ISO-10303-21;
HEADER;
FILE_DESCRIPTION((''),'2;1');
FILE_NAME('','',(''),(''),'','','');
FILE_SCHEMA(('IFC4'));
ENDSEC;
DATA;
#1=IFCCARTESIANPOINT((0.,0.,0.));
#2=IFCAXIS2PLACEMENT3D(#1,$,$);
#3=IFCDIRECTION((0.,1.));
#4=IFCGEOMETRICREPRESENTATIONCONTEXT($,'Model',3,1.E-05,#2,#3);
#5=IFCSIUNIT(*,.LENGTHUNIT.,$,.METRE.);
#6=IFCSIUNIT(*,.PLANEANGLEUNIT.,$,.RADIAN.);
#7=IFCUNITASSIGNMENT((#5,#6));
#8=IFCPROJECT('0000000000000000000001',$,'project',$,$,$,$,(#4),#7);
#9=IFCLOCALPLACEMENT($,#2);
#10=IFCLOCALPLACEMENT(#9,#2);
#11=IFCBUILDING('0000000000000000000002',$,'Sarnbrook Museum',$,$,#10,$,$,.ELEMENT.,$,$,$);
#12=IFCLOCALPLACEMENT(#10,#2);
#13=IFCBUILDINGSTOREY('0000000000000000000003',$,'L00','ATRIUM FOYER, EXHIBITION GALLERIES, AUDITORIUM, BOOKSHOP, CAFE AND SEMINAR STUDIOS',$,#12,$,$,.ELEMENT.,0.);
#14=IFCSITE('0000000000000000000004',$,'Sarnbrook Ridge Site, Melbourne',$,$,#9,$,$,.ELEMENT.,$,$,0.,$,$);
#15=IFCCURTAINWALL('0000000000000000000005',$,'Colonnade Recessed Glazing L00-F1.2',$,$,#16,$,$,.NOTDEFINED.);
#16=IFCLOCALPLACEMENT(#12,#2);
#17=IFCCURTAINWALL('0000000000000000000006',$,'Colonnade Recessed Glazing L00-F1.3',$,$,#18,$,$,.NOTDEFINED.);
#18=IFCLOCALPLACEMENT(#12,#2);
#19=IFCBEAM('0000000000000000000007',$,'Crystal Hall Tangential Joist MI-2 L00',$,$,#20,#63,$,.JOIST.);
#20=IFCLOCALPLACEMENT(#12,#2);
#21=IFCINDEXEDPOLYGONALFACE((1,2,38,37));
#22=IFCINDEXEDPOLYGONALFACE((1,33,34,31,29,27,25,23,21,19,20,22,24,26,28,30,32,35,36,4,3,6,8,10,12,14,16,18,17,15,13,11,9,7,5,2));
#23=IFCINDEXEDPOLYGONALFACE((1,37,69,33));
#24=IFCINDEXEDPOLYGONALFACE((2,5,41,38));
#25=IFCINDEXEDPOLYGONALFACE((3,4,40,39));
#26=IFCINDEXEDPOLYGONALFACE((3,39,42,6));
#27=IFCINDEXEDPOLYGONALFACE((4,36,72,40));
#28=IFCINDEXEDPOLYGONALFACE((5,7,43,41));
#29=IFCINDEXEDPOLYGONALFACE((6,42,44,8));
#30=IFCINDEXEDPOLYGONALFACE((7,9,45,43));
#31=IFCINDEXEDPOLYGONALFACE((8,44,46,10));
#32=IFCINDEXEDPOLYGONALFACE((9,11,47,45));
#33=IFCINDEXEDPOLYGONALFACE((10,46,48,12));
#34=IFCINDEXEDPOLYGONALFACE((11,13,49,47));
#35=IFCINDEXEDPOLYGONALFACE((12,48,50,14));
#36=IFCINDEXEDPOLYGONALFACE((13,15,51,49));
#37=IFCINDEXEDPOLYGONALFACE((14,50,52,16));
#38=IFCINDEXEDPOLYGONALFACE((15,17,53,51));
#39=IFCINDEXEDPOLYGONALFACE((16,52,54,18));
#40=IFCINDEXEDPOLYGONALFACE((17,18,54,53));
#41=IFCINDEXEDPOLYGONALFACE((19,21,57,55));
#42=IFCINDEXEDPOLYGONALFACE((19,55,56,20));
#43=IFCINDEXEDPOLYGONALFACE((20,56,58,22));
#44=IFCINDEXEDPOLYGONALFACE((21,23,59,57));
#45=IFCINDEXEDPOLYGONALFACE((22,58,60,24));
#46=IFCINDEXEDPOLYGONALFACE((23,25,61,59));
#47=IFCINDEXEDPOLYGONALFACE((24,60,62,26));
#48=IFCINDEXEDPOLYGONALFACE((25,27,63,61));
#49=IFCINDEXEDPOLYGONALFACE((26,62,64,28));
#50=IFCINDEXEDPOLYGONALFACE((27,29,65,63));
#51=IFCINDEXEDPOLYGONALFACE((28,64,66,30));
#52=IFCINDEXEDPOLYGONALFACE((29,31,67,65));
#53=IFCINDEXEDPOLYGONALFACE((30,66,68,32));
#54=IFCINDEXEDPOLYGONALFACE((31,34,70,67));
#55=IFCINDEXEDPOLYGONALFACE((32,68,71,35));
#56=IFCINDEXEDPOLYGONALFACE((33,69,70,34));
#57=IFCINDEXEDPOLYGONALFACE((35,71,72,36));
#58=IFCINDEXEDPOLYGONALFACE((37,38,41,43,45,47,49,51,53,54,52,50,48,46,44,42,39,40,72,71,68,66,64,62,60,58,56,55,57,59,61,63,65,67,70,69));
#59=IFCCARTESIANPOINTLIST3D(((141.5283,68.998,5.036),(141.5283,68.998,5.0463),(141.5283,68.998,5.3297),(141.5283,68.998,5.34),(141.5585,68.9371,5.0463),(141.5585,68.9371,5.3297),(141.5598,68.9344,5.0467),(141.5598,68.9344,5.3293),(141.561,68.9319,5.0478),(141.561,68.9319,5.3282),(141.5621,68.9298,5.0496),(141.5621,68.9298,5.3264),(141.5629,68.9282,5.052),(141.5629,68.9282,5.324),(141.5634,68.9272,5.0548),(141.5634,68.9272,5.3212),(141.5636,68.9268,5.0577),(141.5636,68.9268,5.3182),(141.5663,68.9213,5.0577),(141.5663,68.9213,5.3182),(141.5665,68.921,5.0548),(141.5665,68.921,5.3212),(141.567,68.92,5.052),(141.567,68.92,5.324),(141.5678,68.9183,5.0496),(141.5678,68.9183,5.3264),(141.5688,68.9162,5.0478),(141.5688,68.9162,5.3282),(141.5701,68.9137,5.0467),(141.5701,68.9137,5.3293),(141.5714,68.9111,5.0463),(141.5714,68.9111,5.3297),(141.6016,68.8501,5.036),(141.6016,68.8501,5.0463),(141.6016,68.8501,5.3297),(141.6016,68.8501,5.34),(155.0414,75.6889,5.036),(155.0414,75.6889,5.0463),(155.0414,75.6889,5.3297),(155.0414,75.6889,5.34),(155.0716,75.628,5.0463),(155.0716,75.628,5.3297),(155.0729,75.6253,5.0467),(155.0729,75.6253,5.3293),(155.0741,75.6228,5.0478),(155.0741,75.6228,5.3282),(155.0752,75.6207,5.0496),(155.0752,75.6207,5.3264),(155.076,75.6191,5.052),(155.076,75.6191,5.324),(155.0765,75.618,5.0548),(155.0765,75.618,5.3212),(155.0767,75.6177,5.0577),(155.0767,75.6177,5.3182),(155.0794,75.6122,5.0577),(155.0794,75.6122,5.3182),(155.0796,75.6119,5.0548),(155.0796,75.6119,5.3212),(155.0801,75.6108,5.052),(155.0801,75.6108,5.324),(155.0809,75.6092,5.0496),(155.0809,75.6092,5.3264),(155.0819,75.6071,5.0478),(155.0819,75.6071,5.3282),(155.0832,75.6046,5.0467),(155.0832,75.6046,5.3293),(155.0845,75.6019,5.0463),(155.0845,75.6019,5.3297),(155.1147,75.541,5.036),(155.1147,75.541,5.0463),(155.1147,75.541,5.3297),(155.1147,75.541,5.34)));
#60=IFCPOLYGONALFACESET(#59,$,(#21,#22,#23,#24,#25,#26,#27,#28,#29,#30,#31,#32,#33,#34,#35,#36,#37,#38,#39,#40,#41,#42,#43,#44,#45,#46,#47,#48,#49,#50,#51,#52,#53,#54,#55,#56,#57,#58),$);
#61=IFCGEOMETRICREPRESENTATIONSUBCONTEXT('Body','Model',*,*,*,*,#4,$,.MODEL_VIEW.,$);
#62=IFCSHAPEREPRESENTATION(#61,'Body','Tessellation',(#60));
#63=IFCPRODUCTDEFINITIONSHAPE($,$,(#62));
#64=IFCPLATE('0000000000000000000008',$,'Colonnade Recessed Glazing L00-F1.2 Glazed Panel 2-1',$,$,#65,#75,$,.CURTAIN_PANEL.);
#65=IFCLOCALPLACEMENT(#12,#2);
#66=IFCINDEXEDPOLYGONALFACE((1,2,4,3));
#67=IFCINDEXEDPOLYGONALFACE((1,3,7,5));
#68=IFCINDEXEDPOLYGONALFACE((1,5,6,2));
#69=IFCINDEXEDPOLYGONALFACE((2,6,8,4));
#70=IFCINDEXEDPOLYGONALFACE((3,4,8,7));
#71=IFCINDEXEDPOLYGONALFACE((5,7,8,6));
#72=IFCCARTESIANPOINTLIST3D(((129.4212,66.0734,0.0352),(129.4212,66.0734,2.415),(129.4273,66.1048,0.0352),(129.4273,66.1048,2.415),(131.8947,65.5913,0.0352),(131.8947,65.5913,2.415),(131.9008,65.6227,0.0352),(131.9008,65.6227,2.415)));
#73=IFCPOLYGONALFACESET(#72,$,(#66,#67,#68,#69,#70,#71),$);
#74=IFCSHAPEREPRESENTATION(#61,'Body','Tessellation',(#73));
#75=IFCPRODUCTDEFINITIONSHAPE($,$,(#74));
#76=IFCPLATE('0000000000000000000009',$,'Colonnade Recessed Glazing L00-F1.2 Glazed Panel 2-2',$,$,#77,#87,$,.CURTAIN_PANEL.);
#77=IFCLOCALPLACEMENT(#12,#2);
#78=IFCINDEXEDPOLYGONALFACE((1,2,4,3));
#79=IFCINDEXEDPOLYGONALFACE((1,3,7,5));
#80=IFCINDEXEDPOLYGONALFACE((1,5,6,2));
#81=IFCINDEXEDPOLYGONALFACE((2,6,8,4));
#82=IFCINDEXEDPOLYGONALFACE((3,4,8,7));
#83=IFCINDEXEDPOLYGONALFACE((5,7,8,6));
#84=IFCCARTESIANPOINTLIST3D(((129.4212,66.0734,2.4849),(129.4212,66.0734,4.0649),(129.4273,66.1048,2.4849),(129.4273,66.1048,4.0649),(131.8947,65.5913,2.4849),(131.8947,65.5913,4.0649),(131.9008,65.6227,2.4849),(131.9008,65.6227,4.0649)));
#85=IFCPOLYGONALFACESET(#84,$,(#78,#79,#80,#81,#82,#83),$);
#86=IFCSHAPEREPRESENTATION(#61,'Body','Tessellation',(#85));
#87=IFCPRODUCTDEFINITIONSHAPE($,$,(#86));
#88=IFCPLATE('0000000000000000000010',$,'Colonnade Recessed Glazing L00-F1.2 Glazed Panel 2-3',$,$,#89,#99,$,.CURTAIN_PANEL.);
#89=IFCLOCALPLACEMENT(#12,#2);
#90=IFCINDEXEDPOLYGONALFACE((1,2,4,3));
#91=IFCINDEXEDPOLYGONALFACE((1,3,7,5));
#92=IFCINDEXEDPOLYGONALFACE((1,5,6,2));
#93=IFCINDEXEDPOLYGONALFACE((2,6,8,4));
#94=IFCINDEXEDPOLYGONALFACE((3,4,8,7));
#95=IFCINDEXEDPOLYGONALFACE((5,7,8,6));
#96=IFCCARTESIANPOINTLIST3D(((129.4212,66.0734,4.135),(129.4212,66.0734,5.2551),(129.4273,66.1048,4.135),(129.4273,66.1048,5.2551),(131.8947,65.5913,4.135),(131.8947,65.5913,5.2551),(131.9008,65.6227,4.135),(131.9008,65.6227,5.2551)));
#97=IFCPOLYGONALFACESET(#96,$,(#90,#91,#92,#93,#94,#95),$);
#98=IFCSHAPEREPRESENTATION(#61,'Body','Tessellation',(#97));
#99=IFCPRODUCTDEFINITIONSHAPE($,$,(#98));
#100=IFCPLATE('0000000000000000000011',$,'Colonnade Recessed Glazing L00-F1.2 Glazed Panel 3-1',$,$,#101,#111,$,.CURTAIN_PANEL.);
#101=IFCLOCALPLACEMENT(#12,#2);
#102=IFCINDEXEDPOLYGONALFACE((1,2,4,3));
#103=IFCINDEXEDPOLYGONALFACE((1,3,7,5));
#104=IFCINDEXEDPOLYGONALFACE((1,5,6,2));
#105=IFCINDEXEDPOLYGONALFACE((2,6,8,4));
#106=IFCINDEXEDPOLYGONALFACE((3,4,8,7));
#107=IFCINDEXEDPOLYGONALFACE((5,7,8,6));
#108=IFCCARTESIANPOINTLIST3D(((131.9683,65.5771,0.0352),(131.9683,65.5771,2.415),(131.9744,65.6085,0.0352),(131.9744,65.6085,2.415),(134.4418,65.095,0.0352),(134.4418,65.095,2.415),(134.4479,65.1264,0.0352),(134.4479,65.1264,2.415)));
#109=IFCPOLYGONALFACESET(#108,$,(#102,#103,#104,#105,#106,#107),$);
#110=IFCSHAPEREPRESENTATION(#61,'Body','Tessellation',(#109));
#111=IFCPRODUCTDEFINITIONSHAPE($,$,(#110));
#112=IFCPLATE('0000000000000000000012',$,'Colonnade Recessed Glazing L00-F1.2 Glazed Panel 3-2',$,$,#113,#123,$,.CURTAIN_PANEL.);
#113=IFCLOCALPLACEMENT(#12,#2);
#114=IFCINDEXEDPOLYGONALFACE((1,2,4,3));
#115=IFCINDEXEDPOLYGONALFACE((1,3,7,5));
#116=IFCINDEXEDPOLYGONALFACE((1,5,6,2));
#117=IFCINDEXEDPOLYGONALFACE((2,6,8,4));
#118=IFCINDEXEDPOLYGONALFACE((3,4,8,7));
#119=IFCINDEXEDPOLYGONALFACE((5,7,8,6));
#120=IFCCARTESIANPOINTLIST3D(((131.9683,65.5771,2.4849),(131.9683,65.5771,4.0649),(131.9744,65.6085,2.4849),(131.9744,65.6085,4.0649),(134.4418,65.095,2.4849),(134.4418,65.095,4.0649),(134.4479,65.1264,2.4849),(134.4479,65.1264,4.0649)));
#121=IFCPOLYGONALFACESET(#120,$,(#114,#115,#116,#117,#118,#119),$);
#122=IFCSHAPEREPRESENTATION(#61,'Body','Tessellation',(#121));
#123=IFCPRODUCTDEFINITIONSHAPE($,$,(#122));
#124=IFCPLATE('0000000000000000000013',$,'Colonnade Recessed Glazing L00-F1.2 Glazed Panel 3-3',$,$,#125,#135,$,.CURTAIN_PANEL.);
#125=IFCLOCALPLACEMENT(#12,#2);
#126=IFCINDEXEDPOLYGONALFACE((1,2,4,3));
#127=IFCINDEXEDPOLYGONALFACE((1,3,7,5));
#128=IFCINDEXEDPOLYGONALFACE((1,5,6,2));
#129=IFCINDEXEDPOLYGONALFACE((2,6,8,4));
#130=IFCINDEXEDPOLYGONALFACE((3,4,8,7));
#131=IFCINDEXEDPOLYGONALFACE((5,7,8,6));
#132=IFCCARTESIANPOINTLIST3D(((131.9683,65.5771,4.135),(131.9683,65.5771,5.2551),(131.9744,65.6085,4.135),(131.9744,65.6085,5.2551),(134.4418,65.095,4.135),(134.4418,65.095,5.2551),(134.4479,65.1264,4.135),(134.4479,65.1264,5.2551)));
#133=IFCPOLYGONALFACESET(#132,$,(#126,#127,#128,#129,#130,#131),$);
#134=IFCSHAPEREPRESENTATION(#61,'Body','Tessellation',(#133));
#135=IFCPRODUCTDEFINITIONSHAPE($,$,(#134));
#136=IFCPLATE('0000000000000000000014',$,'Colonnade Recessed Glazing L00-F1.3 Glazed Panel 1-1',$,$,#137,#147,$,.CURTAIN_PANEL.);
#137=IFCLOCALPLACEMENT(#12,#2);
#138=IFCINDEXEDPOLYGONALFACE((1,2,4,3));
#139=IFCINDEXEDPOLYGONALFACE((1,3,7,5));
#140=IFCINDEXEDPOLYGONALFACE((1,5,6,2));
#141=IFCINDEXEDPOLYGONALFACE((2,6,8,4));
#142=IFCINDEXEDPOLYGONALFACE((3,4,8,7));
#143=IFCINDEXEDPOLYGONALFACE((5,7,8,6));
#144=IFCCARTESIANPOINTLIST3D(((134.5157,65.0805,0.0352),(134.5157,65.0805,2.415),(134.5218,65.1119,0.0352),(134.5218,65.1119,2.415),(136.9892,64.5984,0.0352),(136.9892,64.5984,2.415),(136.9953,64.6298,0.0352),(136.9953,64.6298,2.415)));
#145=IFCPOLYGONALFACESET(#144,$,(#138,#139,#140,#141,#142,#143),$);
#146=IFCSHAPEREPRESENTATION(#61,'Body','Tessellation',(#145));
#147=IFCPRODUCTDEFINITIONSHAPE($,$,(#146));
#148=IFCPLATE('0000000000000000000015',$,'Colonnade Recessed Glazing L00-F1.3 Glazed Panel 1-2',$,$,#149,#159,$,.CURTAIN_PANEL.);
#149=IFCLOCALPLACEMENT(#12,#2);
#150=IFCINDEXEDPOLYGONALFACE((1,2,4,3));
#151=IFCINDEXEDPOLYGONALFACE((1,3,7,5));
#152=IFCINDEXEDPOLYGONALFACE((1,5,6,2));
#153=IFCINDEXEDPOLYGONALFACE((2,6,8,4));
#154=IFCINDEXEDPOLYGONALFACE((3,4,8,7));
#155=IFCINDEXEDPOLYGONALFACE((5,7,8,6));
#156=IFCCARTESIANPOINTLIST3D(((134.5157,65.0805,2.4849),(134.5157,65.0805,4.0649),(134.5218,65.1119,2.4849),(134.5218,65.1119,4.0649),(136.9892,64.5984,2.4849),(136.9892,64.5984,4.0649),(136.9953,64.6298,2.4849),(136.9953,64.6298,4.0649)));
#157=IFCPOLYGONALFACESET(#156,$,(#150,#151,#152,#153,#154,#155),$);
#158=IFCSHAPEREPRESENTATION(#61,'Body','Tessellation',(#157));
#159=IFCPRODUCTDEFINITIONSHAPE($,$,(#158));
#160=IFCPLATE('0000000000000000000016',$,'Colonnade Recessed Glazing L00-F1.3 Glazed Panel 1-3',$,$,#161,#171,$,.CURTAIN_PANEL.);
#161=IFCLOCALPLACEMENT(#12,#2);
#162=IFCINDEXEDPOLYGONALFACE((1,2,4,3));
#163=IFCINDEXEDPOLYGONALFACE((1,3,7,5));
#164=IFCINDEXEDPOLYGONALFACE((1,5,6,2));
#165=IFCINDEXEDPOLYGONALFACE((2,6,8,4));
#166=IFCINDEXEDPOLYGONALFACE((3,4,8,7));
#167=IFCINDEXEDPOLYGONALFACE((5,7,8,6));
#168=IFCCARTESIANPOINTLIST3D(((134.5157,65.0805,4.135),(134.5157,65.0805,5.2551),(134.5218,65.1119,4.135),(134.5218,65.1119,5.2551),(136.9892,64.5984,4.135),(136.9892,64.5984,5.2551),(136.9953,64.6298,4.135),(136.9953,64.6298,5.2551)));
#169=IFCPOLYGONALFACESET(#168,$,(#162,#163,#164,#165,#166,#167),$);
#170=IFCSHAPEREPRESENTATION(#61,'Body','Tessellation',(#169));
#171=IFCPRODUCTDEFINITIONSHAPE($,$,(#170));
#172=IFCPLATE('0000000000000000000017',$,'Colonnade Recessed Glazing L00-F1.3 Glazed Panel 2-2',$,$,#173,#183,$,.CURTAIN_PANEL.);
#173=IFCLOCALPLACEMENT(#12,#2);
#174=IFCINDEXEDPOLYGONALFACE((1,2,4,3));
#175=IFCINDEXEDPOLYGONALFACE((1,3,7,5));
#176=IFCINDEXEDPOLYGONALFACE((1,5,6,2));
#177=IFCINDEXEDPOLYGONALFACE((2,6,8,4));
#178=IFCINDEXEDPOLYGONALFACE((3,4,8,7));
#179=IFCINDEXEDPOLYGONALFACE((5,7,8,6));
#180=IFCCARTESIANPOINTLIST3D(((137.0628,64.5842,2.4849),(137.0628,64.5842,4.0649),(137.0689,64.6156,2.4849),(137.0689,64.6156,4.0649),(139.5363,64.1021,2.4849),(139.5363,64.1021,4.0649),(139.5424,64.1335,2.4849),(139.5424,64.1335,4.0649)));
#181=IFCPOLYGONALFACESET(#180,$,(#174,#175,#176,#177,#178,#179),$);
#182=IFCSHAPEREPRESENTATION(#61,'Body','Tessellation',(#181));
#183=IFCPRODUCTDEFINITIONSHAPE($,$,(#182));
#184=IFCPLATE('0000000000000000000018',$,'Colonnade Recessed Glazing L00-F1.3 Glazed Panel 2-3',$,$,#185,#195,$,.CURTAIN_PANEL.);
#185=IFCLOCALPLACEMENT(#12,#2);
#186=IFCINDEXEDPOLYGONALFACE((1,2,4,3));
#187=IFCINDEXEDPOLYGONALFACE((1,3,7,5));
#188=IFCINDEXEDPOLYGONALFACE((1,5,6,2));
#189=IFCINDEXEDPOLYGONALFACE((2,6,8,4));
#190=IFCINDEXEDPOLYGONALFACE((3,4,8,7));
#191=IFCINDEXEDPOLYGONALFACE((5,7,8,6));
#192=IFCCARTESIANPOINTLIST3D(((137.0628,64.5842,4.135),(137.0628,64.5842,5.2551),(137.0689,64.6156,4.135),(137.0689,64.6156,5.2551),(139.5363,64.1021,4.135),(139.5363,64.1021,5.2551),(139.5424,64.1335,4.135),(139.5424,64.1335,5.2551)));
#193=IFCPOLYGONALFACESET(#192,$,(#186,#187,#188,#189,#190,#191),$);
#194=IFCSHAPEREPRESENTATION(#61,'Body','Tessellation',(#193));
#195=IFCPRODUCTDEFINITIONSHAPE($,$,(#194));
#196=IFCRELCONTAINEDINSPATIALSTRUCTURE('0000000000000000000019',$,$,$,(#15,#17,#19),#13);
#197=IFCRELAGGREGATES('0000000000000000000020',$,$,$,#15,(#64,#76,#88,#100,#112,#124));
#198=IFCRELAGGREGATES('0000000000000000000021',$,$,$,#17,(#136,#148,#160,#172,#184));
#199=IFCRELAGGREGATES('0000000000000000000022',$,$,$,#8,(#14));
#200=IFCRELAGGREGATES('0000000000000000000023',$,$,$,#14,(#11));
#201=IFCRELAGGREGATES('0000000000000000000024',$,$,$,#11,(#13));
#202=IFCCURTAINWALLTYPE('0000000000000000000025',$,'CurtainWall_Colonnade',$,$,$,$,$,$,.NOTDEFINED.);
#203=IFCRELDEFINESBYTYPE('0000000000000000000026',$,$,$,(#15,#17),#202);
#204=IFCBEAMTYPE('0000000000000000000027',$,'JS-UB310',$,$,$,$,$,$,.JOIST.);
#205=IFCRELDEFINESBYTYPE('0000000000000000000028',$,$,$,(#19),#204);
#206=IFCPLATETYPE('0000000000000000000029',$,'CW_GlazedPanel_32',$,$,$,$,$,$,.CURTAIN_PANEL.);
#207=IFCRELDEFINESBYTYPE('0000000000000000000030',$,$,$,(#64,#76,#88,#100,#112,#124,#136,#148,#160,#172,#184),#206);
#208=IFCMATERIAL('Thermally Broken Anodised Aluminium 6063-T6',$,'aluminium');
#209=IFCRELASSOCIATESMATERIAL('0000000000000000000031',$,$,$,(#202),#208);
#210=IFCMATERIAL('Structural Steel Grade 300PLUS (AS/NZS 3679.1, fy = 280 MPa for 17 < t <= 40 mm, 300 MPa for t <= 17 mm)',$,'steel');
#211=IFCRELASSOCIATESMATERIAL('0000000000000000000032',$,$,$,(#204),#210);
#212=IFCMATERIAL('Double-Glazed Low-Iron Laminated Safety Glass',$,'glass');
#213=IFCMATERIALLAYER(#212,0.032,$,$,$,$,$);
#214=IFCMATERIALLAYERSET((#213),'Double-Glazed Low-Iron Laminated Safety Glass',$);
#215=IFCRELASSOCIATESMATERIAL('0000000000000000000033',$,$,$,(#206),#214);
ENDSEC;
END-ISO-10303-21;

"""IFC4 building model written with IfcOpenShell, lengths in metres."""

from ifc_helpers import new_model, si_unit, direction, frame, origin, origin_2d, place, context, subcontext, project, spatial, rectangle, i_section, extrude, material, layer, layer_set, material_profile, profile_set, type_object, element, aggregate, save


model = new_model("IFC4")

# Units and contexts
model_context = context("Model", 3, precision=1e-05, world=origin(), true_north=direction((0.0, 1.0)))
body_context = subcontext(model_context, "Body", "Model", "MODEL_VIEW")
ifc_project = project(units=[si_unit("LENGTHUNIT", "METRE"), si_unit("PLANEANGLEUNIT", "RADIAN")], contexts=[model_context])

# Site, building, storey
site_placement = place(None, origin())
site = spatial("IfcSite", under=ifc_project, at=site_placement, Name="Sarnbrook Ridge Site, Melbourne", CompositionType="ELEMENT", RefElevation=0.0)
building_placement = place(site_placement, origin())
building = spatial("IfcBuilding", under=site, at=building_placement, Name="Sarnbrook Museum", CompositionType="ELEMENT")
storey_placement = place(building_placement, origin())
storey = spatial("IfcBuildingStorey", under=building, at=storey_placement, Name="L00", Description="ATRIUM FOYER, EXHIBITION GALLERIES, AUDITORIUM, BOOKSHOP, CAFE AND SEMINAR STUDIOS", CompositionType="ELEMENT", Elevation=0.0)

# Curtain walls
ifc_material_1 = material(Name="Thermally Broken Anodised Aluminium 6063-T6", Category="aluminium")
curtain_wall_type = type_object("IfcCurtainWallType", Name="CurtainWall_Colonnade", PredefinedType="NOTDEFINED", material=ifc_material_1)
curtain_wall_1_placement = place(storey_placement, origin())
curtain_wall_1 = element("IfcCurtainWall", 1, at=curtain_wall_1_placement, inside=storey, type_object=curtain_wall_type, Name="Colonnade Recessed Glazing L00-F1.2", PredefinedType="NOTDEFINED")
curtain_wall_2_placement = place(storey_placement, origin())
curtain_wall_2 = element("IfcCurtainWall", 2, at=curtain_wall_2_placement, inside=storey, type_object=curtain_wall_type, Name="Colonnade Recessed Glazing L00-F1.3", PredefinedType="NOTDEFINED")

# Beam
ifc_material_2 = material(Name="Structural Steel Grade 300PLUS (AS/NZS 3679.1, fy = 280 MPa for 17 < t <= 40 mm, 300 MPa for t <= 17 mm)", Category="steel")
ifc_material_profile_1 = material_profile(ifc_material_2, i_section(OverallWidth=0.165, OverallDepth=0.304, WebThickness=0.0061, FlangeThickness=0.0103, FilletRadius=0.0115, at=origin_2d()), Name="310UB40.4")
ifc_profile_set_1 = profile_set([ifc_material_profile_1], Name="Structural Steel Grade 300PLUS (AS/NZS 3679.1, fy = 280 MPa for 17 < t <= 40 mm, 300 MPa for t <= 17 mm)")
beam_type_1 = type_object("IfcBeamType", Name="JS-UB310", PredefinedType="JOIST", material=ifc_profile_set_1)
beam_1_placement = place(storey_placement, frame((141.5649, 68.9241, 5.188), z_axis=(0.896163, 0.443726, 0.0), x_axis=(-0.443726, 0.896163, 0.0)))
element("IfcBeam", 3, at=beam_1_placement, inside=storey, type_object=beam_type_1, Name="Crystal Hall Tangential Joist MI-2 L00", PredefinedType="JOIST", context=body_context, shape_type="SweptSolid", body=[
    extrude(i_section(OverallWidth=0.165, OverallDepth=0.304, WebThickness=0.0061, FlangeThickness=0.0103, FilletRadius=0.0115, at=origin_2d()), origin(), (0.0, 0.0, 1.0), 15.0789),
])

# Plates
ifc_material_3 = material(Name="Double-Glazed Low-Iron Laminated Safety Glass", Category="glass")
ifc_layer_1 = layer(ifc_material_3, 0.032)
ifc_layer_set_1 = layer_set([ifc_layer_1], Name="Double-Glazed Low-Iron Laminated Safety Glass")
plate_type = type_object("IfcPlateType", Name="CW_GlazedPanel_32", PredefinedType="CURTAIN_PANEL", material=ifc_layer_set_1)
plate_1_placement = place(storey_placement, frame((130.6641, 65.8638, 1.2251), z_axis=(-0.191314, -0.981529, 0.0), x_axis=(0.981529, -0.191314, 0.0)))
plate_1 = element("IfcPlate", 4, at=plate_1_placement, type_object=plate_type, Name="Colonnade Recessed Glazing L00-F1.2 Glazed Panel 2-1", PredefinedType="CURTAIN_PANEL", context=body_context, shape_type="SweptSolid", body=[
    extrude(rectangle(XDim=2.52, YDim=2.3799, at=origin_2d()), origin(), (0.0, 0.0, 1.0), 0.032),
])
plate_2_placement = place(storey_placement, frame((130.6641, 65.8638, 3.2749), z_axis=(-0.191314, -0.981529, 0.0), x_axis=(0.981529, -0.191314, 0.0)))
plate_2 = element("IfcPlate", 5, at=plate_2_placement, type_object=plate_type, Name="Colonnade Recessed Glazing L00-F1.2 Glazed Panel 2-2", PredefinedType="CURTAIN_PANEL", context=body_context, shape_type="SweptSolid", body=[
    extrude(rectangle(XDim=2.52, YDim=1.5801, at=origin_2d()), origin(), (0.0, 0.0, 1.0), 0.032),
])
plate_3_placement = place(storey_placement, frame((130.6641, 65.8638, 4.6951), z_axis=(-0.191314, -0.981529, 0.0), x_axis=(0.981529, -0.191314, 0.0)))
plate_3 = element("IfcPlate", 6, at=plate_3_placement, type_object=plate_type, Name="Colonnade Recessed Glazing L00-F1.2 Glazed Panel 2-3", PredefinedType="CURTAIN_PANEL", context=body_context, shape_type="SweptSolid", body=[
    extrude(rectangle(XDim=2.52, YDim=1.1201, at=origin_2d()), origin(), (0.0, 0.0, 1.0), 0.032),
])
plate_4_placement = place(storey_placement, frame((133.2112, 65.3674, 1.2251), z_axis=(-0.191314, -0.981529, 0.0), x_axis=(0.981529, -0.191314, 0.0)))
plate_4 = element("IfcPlate", 7, at=plate_4_placement, type_object=plate_type, Name="Colonnade Recessed Glazing L00-F1.2 Glazed Panel 3-1", PredefinedType="CURTAIN_PANEL", context=body_context, shape_type="SweptSolid", body=[
    extrude(rectangle(XDim=2.52, YDim=2.3799, at=origin_2d()), origin(), (0.0, 0.0, 1.0), 0.032),
])
plate_5_placement = place(storey_placement, frame((133.2112, 65.3674, 3.2749), z_axis=(-0.191314, -0.981529, 0.0), x_axis=(0.981529, -0.191314, 0.0)))
plate_5 = element("IfcPlate", 8, at=plate_5_placement, type_object=plate_type, Name="Colonnade Recessed Glazing L00-F1.2 Glazed Panel 3-2", PredefinedType="CURTAIN_PANEL", context=body_context, shape_type="SweptSolid", body=[
    extrude(rectangle(XDim=2.52, YDim=1.5801, at=origin_2d()), origin(), (0.0, 0.0, 1.0), 0.032),
])
plate_6_placement = place(storey_placement, frame((133.2112, 65.3674, 4.6951), z_axis=(-0.191314, -0.981529, 0.0), x_axis=(0.981529, -0.191314, 0.0)))
plate_6 = element("IfcPlate", 9, at=plate_6_placement, type_object=plate_type, Name="Colonnade Recessed Glazing L00-F1.2 Glazed Panel 3-3", PredefinedType="CURTAIN_PANEL", context=body_context, shape_type="SweptSolid", body=[
    extrude(rectangle(XDim=2.52, YDim=1.1201, at=origin_2d()), origin(), (0.0, 0.0, 1.0), 0.032),
])
aggregate(curtain_wall_1, [plate_1, plate_2, plate_3, plate_4, plate_5, plate_6])
plate_7_placement = place(storey_placement, frame((135.7585, 64.8708, 1.2251), z_axis=(-0.191314, -0.981529, 0.0), x_axis=(0.981529, -0.191314, 0.0)))
plate_7 = element("IfcPlate", 10, at=plate_7_placement, type_object=plate_type, Name="Colonnade Recessed Glazing L00-F1.3 Glazed Panel 1-1", PredefinedType="CURTAIN_PANEL", context=body_context, shape_type="SweptSolid", body=[
    extrude(rectangle(XDim=2.52, YDim=2.3799, at=origin_2d()), origin(), (0.0, 0.0, 1.0), 0.032),
])
plate_8_placement = place(storey_placement, frame((135.7585, 64.8708, 3.2749), z_axis=(-0.191314, -0.981529, 0.0), x_axis=(0.981529, -0.191314, 0.0)))
plate_8 = element("IfcPlate", 11, at=plate_8_placement, type_object=plate_type, Name="Colonnade Recessed Glazing L00-F1.3 Glazed Panel 1-2", PredefinedType="CURTAIN_PANEL", context=body_context, shape_type="SweptSolid", body=[
    extrude(rectangle(XDim=2.52, YDim=1.5801, at=origin_2d()), origin(), (0.0, 0.0, 1.0), 0.032),
])
plate_9_placement = place(storey_placement, frame((135.7585, 64.8708, 4.6951), z_axis=(-0.191314, -0.981529, 0.0), x_axis=(0.981529, -0.191314, 0.0)))
plate_9 = element("IfcPlate", 12, at=plate_9_placement, type_object=plate_type, Name="Colonnade Recessed Glazing L00-F1.3 Glazed Panel 1-3", PredefinedType="CURTAIN_PANEL", context=body_context, shape_type="SweptSolid", body=[
    extrude(rectangle(XDim=2.52, YDim=1.1201, at=origin_2d()), origin(), (0.0, 0.0, 1.0), 0.032),
])
plate_10_placement = place(storey_placement, frame((138.3057, 64.3745, 3.2749), z_axis=(-0.191314, -0.981529, 0.0), x_axis=(0.981529, -0.191314, 0.0)))
plate_10 = element("IfcPlate", 13, at=plate_10_placement, type_object=plate_type, Name="Colonnade Recessed Glazing L00-F1.3 Glazed Panel 2-2", PredefinedType="CURTAIN_PANEL", context=body_context, shape_type="SweptSolid", body=[
    extrude(rectangle(XDim=2.52, YDim=1.5801, at=origin_2d()), origin(), (0.0, 0.0, 1.0), 0.032),
])
plate_11_placement = place(storey_placement, frame((138.3057, 64.3745, 4.6951), z_axis=(-0.191314, -0.981529, 0.0), x_axis=(0.981529, -0.191314, 0.0)))
plate_11 = element("IfcPlate", 14, at=plate_11_placement, type_object=plate_type, Name="Colonnade Recessed Glazing L00-F1.3 Glazed Panel 2-3", PredefinedType="CURTAIN_PANEL", context=body_context, shape_type="SweptSolid", body=[
    extrude(rectangle(XDim=2.52, YDim=1.1201, at=origin_2d()), origin(), (0.0, 0.0, 1.0), 0.032),
])
aggregate(curtain_wall_2, [plate_7, plate_8, plate_9, plate_10, plate_11])

save(model, "model.ifc")
